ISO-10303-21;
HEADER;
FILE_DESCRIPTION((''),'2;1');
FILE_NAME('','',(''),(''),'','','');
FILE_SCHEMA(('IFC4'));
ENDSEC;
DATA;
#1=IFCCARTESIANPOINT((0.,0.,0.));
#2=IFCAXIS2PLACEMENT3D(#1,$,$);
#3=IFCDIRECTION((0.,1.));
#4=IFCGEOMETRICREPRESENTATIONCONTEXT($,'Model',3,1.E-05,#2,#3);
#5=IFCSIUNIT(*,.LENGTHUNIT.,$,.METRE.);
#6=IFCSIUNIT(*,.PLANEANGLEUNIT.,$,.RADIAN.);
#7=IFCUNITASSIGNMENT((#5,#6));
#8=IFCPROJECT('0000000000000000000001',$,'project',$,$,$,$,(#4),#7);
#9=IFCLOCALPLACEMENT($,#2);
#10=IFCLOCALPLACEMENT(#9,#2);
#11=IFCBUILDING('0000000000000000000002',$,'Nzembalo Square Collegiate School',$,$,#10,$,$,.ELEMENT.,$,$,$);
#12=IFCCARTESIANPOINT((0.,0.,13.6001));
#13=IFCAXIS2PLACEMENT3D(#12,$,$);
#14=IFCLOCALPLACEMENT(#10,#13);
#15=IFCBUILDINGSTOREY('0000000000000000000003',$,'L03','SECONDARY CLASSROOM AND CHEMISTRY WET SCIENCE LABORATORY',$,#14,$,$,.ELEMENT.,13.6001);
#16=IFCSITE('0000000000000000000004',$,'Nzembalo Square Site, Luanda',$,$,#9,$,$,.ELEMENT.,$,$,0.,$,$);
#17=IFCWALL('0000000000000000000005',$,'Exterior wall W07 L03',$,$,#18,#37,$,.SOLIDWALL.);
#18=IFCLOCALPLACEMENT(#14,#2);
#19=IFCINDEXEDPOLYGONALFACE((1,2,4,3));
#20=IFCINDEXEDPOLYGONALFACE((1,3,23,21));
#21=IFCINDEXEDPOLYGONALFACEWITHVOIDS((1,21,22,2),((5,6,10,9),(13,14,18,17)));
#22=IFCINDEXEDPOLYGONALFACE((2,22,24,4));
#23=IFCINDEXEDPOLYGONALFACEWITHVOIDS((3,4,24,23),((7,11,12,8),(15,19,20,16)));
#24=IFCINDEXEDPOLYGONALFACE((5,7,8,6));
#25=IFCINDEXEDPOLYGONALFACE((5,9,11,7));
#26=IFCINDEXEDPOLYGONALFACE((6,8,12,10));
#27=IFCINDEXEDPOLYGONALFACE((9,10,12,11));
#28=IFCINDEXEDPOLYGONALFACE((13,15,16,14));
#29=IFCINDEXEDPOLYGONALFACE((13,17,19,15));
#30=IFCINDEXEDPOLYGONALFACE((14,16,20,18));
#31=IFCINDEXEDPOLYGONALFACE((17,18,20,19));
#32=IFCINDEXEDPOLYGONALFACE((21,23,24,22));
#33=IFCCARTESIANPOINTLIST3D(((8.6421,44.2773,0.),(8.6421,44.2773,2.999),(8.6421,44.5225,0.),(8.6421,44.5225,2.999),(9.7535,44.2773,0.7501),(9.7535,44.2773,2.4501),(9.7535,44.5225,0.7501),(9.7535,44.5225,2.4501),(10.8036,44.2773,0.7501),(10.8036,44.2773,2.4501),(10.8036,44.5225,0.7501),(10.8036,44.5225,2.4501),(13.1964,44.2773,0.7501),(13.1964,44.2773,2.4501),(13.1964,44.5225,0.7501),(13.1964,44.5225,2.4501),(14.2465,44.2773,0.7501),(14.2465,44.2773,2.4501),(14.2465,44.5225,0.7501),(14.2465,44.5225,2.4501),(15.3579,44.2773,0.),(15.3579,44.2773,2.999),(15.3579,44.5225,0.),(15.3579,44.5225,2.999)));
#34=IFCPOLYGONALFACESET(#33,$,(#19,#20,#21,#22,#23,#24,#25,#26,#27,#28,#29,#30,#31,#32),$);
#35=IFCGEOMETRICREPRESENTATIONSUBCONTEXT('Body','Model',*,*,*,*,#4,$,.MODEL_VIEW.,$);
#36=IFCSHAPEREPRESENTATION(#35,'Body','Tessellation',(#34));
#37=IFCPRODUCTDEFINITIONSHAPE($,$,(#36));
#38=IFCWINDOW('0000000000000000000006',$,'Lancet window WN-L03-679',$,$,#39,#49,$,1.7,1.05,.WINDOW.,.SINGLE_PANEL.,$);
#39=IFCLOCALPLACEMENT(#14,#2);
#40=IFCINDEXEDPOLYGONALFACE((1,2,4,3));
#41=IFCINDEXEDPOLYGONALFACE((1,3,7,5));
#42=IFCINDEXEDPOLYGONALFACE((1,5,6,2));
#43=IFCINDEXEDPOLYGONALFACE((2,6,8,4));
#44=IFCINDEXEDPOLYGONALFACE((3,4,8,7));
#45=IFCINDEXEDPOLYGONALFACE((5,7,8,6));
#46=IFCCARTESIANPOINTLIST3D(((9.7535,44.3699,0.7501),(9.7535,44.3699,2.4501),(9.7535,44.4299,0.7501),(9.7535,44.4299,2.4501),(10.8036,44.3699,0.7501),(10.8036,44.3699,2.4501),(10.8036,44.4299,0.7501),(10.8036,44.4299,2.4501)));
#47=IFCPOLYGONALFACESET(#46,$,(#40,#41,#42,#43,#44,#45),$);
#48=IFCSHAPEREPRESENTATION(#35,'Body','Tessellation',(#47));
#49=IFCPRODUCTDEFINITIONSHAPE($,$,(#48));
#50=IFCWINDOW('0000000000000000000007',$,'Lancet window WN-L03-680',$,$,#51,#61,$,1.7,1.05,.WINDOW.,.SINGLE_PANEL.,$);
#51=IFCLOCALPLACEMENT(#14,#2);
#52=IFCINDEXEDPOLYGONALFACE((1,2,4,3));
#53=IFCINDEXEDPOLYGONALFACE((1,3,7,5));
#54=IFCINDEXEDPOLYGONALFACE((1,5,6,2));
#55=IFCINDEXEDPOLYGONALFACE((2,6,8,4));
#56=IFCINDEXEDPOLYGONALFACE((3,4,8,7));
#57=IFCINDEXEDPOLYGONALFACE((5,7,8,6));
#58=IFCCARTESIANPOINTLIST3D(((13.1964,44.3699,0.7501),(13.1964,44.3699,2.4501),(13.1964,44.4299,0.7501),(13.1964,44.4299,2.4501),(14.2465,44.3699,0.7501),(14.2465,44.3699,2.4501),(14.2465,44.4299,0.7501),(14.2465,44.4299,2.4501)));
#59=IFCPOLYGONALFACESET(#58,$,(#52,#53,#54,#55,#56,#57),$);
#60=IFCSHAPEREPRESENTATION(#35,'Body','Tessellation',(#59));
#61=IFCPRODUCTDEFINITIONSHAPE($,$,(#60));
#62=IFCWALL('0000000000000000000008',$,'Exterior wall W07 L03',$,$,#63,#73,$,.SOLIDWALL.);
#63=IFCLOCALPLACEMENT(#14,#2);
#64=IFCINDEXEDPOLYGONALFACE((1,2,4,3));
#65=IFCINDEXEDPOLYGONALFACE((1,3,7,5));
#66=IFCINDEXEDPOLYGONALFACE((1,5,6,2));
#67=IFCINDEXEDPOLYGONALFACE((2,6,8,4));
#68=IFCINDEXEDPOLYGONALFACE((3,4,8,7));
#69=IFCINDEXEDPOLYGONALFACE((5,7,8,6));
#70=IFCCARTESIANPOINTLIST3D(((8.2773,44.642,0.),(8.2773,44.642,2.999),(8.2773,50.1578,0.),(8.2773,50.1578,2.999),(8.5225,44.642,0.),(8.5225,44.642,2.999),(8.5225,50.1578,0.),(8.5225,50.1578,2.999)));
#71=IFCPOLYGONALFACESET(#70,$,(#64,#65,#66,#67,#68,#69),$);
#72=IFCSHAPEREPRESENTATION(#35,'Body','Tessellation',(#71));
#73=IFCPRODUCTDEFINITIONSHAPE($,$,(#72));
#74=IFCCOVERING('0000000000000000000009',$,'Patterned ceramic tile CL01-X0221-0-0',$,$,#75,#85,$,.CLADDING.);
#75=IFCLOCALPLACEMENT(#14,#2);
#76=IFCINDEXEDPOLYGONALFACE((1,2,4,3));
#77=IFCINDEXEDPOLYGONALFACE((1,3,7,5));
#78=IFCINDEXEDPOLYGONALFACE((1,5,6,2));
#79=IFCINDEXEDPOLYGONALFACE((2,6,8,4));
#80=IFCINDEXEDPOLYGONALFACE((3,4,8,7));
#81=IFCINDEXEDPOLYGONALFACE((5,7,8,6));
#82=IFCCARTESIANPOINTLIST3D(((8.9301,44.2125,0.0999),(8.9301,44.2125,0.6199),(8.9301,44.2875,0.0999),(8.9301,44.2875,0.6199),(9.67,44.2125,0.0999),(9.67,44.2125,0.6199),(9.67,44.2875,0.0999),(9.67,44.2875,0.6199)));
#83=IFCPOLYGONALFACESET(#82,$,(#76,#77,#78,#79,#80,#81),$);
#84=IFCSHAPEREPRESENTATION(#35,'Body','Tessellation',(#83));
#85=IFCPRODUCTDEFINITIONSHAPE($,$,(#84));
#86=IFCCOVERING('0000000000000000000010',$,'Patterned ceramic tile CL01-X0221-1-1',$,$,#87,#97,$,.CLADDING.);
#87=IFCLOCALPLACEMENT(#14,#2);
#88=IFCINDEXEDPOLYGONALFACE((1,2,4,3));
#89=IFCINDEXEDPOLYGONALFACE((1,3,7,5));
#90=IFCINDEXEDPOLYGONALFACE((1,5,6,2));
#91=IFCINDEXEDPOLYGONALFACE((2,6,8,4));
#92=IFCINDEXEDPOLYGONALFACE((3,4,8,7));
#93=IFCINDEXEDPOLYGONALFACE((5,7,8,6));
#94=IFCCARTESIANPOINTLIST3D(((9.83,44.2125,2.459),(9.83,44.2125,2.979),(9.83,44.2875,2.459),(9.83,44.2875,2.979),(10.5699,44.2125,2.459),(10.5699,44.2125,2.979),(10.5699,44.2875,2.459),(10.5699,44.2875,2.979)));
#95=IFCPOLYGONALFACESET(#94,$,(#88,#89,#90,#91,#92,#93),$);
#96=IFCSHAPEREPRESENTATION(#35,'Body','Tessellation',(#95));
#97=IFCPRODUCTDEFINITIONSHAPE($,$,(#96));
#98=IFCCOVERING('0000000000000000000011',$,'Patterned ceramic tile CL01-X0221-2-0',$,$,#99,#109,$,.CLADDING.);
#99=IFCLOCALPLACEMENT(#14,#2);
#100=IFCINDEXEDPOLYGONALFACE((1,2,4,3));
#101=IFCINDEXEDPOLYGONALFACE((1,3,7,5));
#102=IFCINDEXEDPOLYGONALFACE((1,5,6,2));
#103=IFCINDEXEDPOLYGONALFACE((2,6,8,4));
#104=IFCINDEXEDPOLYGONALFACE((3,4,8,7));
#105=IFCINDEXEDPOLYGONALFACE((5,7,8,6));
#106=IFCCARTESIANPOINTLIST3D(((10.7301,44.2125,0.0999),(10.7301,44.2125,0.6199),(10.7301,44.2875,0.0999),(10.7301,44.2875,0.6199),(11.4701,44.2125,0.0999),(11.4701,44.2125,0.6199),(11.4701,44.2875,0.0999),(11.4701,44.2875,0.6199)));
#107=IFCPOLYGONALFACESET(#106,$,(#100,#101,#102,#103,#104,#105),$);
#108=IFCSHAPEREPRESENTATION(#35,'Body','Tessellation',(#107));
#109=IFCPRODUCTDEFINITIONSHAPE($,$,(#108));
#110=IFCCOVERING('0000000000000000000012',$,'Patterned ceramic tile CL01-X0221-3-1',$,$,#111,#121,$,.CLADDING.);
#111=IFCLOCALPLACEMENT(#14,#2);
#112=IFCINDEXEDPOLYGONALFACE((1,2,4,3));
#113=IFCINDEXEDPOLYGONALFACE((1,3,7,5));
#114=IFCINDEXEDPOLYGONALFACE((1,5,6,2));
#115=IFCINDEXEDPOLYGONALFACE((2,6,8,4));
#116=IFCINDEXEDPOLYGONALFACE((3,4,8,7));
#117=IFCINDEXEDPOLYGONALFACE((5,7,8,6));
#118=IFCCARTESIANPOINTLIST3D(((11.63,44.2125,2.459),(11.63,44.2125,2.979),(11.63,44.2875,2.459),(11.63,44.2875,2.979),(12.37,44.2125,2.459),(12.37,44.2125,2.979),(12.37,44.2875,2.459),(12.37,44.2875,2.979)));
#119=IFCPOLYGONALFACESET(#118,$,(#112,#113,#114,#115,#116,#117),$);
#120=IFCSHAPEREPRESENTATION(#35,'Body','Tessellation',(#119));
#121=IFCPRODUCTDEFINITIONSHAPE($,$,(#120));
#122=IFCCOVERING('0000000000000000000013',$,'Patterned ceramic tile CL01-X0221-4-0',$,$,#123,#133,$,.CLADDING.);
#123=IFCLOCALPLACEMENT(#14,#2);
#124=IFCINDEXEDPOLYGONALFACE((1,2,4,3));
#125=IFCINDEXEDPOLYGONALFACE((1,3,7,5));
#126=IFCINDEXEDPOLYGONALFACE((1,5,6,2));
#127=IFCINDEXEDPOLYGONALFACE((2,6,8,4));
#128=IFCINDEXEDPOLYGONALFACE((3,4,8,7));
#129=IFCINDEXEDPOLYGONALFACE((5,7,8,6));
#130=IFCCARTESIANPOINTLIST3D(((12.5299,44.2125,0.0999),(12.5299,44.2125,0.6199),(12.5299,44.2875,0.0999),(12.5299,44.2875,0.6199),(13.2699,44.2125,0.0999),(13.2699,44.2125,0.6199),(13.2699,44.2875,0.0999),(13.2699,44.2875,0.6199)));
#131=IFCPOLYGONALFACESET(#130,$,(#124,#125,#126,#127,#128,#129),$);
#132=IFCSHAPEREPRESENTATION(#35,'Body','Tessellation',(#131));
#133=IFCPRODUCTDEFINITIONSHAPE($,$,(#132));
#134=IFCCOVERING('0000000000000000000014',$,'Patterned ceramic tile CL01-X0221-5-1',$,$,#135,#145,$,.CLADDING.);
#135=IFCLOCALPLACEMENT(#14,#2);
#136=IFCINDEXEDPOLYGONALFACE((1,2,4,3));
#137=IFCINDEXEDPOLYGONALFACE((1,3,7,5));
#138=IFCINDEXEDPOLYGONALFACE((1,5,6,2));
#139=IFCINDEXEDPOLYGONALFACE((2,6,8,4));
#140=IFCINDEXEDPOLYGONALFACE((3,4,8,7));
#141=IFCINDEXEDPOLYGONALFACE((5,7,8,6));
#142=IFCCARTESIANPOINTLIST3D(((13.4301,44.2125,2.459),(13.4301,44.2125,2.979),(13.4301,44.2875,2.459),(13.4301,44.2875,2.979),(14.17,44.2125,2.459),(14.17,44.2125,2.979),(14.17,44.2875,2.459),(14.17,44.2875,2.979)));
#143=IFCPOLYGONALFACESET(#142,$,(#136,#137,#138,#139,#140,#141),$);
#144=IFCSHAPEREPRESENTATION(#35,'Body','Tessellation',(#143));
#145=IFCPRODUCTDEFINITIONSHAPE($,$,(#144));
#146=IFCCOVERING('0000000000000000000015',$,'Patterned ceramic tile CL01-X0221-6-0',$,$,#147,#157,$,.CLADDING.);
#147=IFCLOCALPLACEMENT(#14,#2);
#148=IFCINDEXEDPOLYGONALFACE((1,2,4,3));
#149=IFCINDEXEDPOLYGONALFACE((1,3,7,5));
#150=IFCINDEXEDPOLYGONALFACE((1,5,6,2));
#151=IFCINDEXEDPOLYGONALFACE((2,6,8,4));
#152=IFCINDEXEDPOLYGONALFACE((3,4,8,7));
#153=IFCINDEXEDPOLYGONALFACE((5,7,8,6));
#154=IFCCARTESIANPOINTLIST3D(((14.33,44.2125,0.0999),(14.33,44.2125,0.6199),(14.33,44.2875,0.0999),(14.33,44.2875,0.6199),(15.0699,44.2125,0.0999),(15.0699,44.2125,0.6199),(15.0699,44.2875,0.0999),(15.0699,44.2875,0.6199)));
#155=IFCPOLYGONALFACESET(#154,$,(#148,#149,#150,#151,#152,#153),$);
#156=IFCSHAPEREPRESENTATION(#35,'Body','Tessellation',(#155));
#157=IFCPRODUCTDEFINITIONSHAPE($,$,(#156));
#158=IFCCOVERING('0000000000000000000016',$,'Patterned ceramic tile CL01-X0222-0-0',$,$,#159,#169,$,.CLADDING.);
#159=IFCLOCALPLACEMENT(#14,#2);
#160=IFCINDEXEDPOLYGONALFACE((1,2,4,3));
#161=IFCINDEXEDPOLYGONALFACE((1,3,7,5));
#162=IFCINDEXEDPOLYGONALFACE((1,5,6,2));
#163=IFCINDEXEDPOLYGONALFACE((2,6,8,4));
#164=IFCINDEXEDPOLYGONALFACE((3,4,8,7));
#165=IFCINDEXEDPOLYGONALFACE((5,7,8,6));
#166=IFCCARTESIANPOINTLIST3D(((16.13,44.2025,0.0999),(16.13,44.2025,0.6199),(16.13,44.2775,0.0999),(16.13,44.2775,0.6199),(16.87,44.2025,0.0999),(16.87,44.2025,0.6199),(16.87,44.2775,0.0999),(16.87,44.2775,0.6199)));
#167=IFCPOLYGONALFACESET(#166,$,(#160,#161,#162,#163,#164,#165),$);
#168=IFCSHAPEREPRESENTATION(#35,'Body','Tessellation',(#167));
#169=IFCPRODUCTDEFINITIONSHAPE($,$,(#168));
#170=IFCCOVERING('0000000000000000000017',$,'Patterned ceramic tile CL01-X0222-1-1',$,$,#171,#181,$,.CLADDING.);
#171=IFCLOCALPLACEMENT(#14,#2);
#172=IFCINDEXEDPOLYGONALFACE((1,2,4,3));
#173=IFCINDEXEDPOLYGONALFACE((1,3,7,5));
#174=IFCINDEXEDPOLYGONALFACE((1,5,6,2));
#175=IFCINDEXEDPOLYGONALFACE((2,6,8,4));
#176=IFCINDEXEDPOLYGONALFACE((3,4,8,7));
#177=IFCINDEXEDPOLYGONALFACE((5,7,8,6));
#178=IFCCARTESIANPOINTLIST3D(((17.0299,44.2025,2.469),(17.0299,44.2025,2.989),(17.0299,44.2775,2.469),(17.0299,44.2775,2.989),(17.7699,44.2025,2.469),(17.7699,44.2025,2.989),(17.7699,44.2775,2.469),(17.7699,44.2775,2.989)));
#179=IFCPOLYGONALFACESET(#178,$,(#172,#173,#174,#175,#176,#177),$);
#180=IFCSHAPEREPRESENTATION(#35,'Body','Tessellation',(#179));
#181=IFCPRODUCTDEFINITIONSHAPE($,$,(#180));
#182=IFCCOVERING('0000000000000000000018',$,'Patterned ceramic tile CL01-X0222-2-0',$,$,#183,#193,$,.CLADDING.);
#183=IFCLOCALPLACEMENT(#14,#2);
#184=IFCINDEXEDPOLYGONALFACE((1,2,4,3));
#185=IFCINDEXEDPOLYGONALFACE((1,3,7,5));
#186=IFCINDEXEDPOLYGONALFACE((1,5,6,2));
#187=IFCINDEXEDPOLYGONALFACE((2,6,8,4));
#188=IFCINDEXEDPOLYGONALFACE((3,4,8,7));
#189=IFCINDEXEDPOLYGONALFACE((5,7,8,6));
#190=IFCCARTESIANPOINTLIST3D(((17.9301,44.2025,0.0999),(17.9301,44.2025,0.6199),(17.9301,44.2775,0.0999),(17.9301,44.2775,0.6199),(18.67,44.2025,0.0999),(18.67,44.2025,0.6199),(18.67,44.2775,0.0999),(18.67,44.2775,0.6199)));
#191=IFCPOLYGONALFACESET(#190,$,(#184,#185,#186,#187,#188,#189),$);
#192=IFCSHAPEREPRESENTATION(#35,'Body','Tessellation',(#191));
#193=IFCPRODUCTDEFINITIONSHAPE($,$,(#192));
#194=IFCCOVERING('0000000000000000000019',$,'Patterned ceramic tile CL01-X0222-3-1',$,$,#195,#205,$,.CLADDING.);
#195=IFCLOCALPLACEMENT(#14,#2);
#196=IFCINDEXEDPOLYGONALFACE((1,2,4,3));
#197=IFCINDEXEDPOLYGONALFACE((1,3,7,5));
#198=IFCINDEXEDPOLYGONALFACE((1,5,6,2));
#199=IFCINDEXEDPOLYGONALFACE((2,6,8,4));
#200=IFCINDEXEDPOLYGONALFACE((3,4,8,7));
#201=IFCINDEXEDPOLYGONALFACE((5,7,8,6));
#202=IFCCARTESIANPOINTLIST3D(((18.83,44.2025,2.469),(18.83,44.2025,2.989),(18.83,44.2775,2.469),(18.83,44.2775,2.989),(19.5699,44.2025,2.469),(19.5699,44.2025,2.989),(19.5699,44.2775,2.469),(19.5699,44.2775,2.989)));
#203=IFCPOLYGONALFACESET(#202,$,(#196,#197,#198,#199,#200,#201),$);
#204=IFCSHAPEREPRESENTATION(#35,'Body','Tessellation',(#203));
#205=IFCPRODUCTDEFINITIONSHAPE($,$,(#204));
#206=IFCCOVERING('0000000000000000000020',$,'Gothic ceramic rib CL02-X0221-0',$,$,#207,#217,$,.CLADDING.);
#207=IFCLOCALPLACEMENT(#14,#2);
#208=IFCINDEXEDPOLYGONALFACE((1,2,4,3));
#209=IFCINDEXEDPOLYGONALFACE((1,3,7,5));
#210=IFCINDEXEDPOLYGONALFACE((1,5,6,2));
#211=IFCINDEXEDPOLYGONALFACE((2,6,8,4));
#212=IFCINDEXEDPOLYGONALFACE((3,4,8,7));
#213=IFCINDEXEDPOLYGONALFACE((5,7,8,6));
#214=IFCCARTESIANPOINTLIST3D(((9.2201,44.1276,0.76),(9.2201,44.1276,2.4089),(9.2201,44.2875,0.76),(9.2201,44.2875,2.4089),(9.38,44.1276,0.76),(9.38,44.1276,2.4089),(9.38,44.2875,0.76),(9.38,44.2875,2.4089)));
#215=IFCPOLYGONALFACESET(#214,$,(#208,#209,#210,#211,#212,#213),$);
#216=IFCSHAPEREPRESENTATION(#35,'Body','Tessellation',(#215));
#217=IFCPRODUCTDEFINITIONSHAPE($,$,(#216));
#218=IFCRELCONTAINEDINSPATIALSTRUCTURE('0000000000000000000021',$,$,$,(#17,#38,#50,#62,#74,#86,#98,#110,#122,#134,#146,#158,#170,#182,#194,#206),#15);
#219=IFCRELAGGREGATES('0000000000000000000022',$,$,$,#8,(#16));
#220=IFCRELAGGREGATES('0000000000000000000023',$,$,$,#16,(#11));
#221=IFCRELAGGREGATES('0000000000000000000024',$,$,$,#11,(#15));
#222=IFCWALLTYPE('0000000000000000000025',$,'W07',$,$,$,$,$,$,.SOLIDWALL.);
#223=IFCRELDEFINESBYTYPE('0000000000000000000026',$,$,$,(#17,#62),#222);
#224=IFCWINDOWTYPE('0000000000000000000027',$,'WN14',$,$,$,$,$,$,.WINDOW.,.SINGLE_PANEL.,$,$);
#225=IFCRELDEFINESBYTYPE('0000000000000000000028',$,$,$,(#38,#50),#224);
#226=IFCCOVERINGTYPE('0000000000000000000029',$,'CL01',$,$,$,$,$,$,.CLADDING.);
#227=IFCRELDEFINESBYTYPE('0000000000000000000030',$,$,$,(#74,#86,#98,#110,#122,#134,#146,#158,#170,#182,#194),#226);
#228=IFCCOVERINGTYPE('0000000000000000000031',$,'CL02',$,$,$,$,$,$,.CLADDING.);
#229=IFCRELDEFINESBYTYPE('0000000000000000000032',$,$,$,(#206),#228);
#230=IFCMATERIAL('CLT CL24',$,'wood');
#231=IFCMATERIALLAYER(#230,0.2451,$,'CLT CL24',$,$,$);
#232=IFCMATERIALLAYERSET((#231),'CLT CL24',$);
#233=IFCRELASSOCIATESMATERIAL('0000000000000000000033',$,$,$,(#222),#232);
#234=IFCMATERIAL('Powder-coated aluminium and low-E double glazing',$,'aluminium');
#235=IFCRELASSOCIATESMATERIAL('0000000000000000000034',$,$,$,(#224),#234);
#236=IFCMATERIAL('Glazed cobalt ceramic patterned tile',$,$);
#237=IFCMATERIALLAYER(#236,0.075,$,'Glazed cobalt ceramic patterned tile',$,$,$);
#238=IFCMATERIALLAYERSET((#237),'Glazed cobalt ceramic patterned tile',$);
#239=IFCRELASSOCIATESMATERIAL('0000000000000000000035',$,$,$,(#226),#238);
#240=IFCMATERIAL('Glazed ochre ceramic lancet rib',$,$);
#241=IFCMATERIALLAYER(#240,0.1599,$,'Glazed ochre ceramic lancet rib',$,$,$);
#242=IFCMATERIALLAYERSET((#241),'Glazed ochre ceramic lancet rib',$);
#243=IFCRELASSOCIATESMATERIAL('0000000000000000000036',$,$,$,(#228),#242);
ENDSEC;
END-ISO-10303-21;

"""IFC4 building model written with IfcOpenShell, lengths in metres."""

from ifc_helpers import new_model, si_unit, direction, frame, frame_2d, origin, origin_2d, place, context, subcontext, project, spatial, rectangle, extrude, material, layer, layer_set, type_object, element, fill, save


model = new_model("IFC4")

# Units and contexts
model_context = context("Model", 3, precision=1e-05, world=origin(), true_north=direction((0.0, 1.0)))
body_context = subcontext(model_context, "Body", "Model", "MODEL_VIEW")
ifc_project = project(units=[si_unit("LENGTHUNIT", "METRE"), si_unit("PLANEANGLEUNIT", "RADIAN")], contexts=[model_context])

# Site, building, storey
site_placement = place(None, origin())
site = spatial("IfcSite", under=ifc_project, at=site_placement, Name="Nzembalo Square Site, Luanda", CompositionType="ELEMENT", RefElevation=0.0)
building_placement = place(site_placement, origin())
building = spatial("IfcBuilding", under=site, at=building_placement, Name="Nzembalo Square Collegiate School", CompositionType="ELEMENT")
storey_placement = place(building_placement, frame((0.0, 0.0, 13.6001)))
storey = spatial("IfcBuildingStorey", under=building, at=storey_placement, Name="L03", Description="SECONDARY CLASSROOM AND CHEMISTRY WET SCIENCE LABORATORY", CompositionType="ELEMENT", Elevation=13.6001)

# Wall, openings, windows
ifc_material_1 = material(Name="CLT CL24", Category="wood")
ifc_layer_1 = layer(ifc_material_1, 0.2451, Name="CLT CL24")
ifc_layer_set_1 = layer_set([ifc_layer_1], Name="CLT CL24")
wall_type_1 = type_object("IfcWallType", Name="W07", PredefinedType="SOLIDWALL", material=ifc_layer_set_1)
wall_1_placement = place(storey_placement, frame((8.6421, 44.3999, 0.0), z_axis=(0.0, 0.0, 1.0), x_axis=(1.0, 0.0, 0.0)))
wall_1 = element("IfcWall", 1, at=wall_1_placement, inside=storey, type_object=wall_type_1, Name="Exterior wall W07 L03", PredefinedType="SOLIDWALL", context=body_context, shape_type="SweptSolid", body=[
    extrude(rectangle(XDim=6.7158, YDim=0.2451, at=frame_2d((3.3579, 0.0))), origin(), (0.0, 0.0, 1.0), 2.999),
])
opening_1_placement = place(wall_1_placement, frame((1.1116, 0.0, 0.75)))
opening_1 = element("IfcOpeningElement", 2, at=opening_1_placement, cuts=wall_1, PredefinedType="OPENING", context=body_context, shape_type="SweptSolid", body=[
    extrude(rectangle(XDim=1.05, YDim=1.7, at=frame_2d((0.5249, 0.8501))), frame((0.0, 0.1326, 0.0), z_axis=(0.0, -1.0, 0.0), x_axis=(1.0, 0.0, 0.0)), (0.0, 0.0, 1.0), 0.2651),
])
opening_2_placement = place(wall_1_placement, frame((4.5544, 0.0, 0.75)))
opening_2 = element("IfcOpeningElement", 3, at=opening_2_placement, cuts=wall_1, PredefinedType="OPENING", context=body_context, shape_type="SweptSolid", body=[
    extrude(rectangle(XDim=1.05, YDim=1.7, at=frame_2d((0.5249, 0.8501))), frame((0.0, 0.1326, 0.0), z_axis=(0.0, -1.0, 0.0), x_axis=(1.0, 0.0, 0.0)), (0.0, 0.0, 1.0), 0.2651),
])
ifc_material_2 = material(Name="Powder-coated aluminium and low-E double glazing", Category="aluminium")
window_type_1 = type_object("IfcWindowType", Name="WN14", PartitioningType="SINGLE_PANEL", PredefinedType="WINDOW", material=ifc_material_2)
window_1_placement = place(opening_1_placement, origin())
window_1 = element("IfcWindow", 4, at=window_1_placement, inside=storey, type_object=window_type_1, Name="Lancet window WN-L03-679", OverallHeight=1.7, OverallWidth=1.05, PartitioningType="SINGLE_PANEL", PredefinedType="WINDOW", context=body_context, shape_type="SweptSolid", body=[
    extrude(rectangle(XDim=1.05, YDim=1.7, at=frame_2d((0.5249, 0.8501))), frame((0.0, 0.03, 0.0), z_axis=(0.0, -1.0, 0.0), x_axis=(1.0, 0.0, 0.0)), (0.0, 0.0, 1.0), 0.0601),
])
fill(opening_1, window_1)
window_2_placement = place(opening_2_placement, origin())
window_2 = element("IfcWindow", 5, at=window_2_placement, inside=storey, type_object=window_type_1, Name="Lancet window WN-L03-680", OverallHeight=1.7, OverallWidth=1.05, PartitioningType="SINGLE_PANEL", PredefinedType="WINDOW", context=body_context, shape_type="SweptSolid", body=[
    extrude(rectangle(XDim=1.05, YDim=1.7, at=frame_2d((0.5249, 0.8501))), frame((0.0, 0.03, 0.0), z_axis=(0.0, -1.0, 0.0), x_axis=(1.0, 0.0, 0.0)), (0.0, 0.0, 1.0), 0.0601),
])
fill(opening_2, window_2)

# Wall
wall_2_placement = place(storey_placement, frame((8.3999, 44.6421, 0.0), z_axis=(0.0, 0.0, 1.0), x_axis=(0.0, 1.0, 0.0)))
element("IfcWall", 6, at=wall_2_placement, inside=storey, type_object=wall_type_1, Name="Exterior wall W07 L03", PredefinedType="SOLIDWALL", context=body_context, shape_type="SweptSolid", body=[
    extrude(rectangle(XDim=5.5159, YDim=0.2451, at=frame_2d((2.7578, 0.0))), origin(), (0.0, 0.0, 1.0), 2.999),
])

# Coverings
ifc_material_3 = material(Name="Glazed cobalt ceramic patterned tile")
ifc_layer_2 = layer(ifc_material_3, 0.075, Name="Glazed cobalt ceramic patterned tile")
ifc_layer_set_2 = layer_set([ifc_layer_2], Name="Glazed cobalt ceramic patterned tile")
covering_type_1 = type_object("IfcCoveringType", Name="CL01", PredefinedType="CLADDING", material=ifc_layer_set_2)
for number, where, z_axis, x_axis, name in (
    (7, (9.3, 44.25, 0.0999), (0.0, 0.0, 1.0), (1.0, 0.0, 0.0), "Patterned ceramic tile CL01-X0221-0-0"),
    (8, (10.2, 44.25, 2.459), (0.0, 0.0, 1.0), (1.0, 0.0, 0.0), "Patterned ceramic tile CL01-X0221-1-1"),
    (9, (11.1001, 44.25, 0.0999), (0.0, 0.0, 1.0), (1.0, 0.0, 0.0), "Patterned ceramic tile CL01-X0221-2-0"),
    (10, (12.0, 44.25, 2.459), (0.0, 0.0, 1.0), (1.0, 0.0, 0.0), "Patterned ceramic tile CL01-X0221-3-1"),
    (11, (12.8999, 44.25, 0.0999), (0.0, 0.0, 1.0), (1.0, 0.0, 0.0), "Patterned ceramic tile CL01-X0221-4-0"),
    (12, (13.8, 44.25, 2.459), (0.0, 0.0, 1.0), (1.0, 0.0, 0.0), "Patterned ceramic tile CL01-X0221-5-1"),
    (13, (14.7, 44.25, 0.0999), (0.0, 0.0, 1.0), (1.0, 0.0, 0.0), "Patterned ceramic tile CL01-X0221-6-0"),
    (14, (16.5, 44.24, 0.0999), (0.0, 0.0, 1.0), (1.0, 0.0, 0.0), "Patterned ceramic tile CL01-X0222-0-0"),
    (15, (17.3999, 44.24, 2.469), (0.0, 0.0, 1.0), (1.0, 0.0, 0.0), "Patterned ceramic tile CL01-X0222-1-1"),
    (16, (18.3, 44.24, 0.0999), (0.0, 0.0, 1.0), (1.0, 0.0, 0.0), "Patterned ceramic tile CL01-X0222-2-0"),
    (17, (19.2, 44.24, 2.469), (0.0, 0.0, 1.0), (1.0, 0.0, 0.0), "Patterned ceramic tile CL01-X0222-3-1"),
):
    element("IfcCovering", number, at=place(storey_placement, frame(where, z_axis=z_axis, x_axis=x_axis)), inside=storey, type_object=covering_type_1, Name=name, PredefinedType="CLADDING", context=body_context, shape_type="SweptSolid", body=[
        extrude(rectangle(XDim=0.74, YDim=0.075, at=origin_2d()), origin(), (0.0, 0.0, 1.0), 0.52),
    ])
ifc_material_4 = material(Name="Glazed ochre ceramic lancet rib")
ifc_layer_3 = layer(ifc_material_4, 0.1599, Name="Glazed ochre ceramic lancet rib")
ifc_layer_set_3 = layer_set([ifc_layer_3], Name="Glazed ochre ceramic lancet rib")
covering_type_2 = type_object("IfcCoveringType", Name="CL02", PredefinedType="CLADDING", material=ifc_layer_set_3)
for number, where, z_axis, x_axis, name in (
    (18, (9.3, 44.2075, 0.76), (0.0, 0.0, 1.0), (1.0, 0.0, 0.0), "Gothic ceramic rib CL02-X0221-0"),
):
    element("IfcCovering", number, at=place(storey_placement, frame(where, z_axis=z_axis, x_axis=x_axis)), inside=storey, type_object=covering_type_2, Name=name, PredefinedType="CLADDING", context=body_context, shape_type="SweptSolid", body=[
        extrude(rectangle(XDim=0.1599, YDim=0.1599, at=origin_2d()), origin(), (0.0, 0.0, 1.0), 1.6489),
    ])

save(model, "model.ifc")
